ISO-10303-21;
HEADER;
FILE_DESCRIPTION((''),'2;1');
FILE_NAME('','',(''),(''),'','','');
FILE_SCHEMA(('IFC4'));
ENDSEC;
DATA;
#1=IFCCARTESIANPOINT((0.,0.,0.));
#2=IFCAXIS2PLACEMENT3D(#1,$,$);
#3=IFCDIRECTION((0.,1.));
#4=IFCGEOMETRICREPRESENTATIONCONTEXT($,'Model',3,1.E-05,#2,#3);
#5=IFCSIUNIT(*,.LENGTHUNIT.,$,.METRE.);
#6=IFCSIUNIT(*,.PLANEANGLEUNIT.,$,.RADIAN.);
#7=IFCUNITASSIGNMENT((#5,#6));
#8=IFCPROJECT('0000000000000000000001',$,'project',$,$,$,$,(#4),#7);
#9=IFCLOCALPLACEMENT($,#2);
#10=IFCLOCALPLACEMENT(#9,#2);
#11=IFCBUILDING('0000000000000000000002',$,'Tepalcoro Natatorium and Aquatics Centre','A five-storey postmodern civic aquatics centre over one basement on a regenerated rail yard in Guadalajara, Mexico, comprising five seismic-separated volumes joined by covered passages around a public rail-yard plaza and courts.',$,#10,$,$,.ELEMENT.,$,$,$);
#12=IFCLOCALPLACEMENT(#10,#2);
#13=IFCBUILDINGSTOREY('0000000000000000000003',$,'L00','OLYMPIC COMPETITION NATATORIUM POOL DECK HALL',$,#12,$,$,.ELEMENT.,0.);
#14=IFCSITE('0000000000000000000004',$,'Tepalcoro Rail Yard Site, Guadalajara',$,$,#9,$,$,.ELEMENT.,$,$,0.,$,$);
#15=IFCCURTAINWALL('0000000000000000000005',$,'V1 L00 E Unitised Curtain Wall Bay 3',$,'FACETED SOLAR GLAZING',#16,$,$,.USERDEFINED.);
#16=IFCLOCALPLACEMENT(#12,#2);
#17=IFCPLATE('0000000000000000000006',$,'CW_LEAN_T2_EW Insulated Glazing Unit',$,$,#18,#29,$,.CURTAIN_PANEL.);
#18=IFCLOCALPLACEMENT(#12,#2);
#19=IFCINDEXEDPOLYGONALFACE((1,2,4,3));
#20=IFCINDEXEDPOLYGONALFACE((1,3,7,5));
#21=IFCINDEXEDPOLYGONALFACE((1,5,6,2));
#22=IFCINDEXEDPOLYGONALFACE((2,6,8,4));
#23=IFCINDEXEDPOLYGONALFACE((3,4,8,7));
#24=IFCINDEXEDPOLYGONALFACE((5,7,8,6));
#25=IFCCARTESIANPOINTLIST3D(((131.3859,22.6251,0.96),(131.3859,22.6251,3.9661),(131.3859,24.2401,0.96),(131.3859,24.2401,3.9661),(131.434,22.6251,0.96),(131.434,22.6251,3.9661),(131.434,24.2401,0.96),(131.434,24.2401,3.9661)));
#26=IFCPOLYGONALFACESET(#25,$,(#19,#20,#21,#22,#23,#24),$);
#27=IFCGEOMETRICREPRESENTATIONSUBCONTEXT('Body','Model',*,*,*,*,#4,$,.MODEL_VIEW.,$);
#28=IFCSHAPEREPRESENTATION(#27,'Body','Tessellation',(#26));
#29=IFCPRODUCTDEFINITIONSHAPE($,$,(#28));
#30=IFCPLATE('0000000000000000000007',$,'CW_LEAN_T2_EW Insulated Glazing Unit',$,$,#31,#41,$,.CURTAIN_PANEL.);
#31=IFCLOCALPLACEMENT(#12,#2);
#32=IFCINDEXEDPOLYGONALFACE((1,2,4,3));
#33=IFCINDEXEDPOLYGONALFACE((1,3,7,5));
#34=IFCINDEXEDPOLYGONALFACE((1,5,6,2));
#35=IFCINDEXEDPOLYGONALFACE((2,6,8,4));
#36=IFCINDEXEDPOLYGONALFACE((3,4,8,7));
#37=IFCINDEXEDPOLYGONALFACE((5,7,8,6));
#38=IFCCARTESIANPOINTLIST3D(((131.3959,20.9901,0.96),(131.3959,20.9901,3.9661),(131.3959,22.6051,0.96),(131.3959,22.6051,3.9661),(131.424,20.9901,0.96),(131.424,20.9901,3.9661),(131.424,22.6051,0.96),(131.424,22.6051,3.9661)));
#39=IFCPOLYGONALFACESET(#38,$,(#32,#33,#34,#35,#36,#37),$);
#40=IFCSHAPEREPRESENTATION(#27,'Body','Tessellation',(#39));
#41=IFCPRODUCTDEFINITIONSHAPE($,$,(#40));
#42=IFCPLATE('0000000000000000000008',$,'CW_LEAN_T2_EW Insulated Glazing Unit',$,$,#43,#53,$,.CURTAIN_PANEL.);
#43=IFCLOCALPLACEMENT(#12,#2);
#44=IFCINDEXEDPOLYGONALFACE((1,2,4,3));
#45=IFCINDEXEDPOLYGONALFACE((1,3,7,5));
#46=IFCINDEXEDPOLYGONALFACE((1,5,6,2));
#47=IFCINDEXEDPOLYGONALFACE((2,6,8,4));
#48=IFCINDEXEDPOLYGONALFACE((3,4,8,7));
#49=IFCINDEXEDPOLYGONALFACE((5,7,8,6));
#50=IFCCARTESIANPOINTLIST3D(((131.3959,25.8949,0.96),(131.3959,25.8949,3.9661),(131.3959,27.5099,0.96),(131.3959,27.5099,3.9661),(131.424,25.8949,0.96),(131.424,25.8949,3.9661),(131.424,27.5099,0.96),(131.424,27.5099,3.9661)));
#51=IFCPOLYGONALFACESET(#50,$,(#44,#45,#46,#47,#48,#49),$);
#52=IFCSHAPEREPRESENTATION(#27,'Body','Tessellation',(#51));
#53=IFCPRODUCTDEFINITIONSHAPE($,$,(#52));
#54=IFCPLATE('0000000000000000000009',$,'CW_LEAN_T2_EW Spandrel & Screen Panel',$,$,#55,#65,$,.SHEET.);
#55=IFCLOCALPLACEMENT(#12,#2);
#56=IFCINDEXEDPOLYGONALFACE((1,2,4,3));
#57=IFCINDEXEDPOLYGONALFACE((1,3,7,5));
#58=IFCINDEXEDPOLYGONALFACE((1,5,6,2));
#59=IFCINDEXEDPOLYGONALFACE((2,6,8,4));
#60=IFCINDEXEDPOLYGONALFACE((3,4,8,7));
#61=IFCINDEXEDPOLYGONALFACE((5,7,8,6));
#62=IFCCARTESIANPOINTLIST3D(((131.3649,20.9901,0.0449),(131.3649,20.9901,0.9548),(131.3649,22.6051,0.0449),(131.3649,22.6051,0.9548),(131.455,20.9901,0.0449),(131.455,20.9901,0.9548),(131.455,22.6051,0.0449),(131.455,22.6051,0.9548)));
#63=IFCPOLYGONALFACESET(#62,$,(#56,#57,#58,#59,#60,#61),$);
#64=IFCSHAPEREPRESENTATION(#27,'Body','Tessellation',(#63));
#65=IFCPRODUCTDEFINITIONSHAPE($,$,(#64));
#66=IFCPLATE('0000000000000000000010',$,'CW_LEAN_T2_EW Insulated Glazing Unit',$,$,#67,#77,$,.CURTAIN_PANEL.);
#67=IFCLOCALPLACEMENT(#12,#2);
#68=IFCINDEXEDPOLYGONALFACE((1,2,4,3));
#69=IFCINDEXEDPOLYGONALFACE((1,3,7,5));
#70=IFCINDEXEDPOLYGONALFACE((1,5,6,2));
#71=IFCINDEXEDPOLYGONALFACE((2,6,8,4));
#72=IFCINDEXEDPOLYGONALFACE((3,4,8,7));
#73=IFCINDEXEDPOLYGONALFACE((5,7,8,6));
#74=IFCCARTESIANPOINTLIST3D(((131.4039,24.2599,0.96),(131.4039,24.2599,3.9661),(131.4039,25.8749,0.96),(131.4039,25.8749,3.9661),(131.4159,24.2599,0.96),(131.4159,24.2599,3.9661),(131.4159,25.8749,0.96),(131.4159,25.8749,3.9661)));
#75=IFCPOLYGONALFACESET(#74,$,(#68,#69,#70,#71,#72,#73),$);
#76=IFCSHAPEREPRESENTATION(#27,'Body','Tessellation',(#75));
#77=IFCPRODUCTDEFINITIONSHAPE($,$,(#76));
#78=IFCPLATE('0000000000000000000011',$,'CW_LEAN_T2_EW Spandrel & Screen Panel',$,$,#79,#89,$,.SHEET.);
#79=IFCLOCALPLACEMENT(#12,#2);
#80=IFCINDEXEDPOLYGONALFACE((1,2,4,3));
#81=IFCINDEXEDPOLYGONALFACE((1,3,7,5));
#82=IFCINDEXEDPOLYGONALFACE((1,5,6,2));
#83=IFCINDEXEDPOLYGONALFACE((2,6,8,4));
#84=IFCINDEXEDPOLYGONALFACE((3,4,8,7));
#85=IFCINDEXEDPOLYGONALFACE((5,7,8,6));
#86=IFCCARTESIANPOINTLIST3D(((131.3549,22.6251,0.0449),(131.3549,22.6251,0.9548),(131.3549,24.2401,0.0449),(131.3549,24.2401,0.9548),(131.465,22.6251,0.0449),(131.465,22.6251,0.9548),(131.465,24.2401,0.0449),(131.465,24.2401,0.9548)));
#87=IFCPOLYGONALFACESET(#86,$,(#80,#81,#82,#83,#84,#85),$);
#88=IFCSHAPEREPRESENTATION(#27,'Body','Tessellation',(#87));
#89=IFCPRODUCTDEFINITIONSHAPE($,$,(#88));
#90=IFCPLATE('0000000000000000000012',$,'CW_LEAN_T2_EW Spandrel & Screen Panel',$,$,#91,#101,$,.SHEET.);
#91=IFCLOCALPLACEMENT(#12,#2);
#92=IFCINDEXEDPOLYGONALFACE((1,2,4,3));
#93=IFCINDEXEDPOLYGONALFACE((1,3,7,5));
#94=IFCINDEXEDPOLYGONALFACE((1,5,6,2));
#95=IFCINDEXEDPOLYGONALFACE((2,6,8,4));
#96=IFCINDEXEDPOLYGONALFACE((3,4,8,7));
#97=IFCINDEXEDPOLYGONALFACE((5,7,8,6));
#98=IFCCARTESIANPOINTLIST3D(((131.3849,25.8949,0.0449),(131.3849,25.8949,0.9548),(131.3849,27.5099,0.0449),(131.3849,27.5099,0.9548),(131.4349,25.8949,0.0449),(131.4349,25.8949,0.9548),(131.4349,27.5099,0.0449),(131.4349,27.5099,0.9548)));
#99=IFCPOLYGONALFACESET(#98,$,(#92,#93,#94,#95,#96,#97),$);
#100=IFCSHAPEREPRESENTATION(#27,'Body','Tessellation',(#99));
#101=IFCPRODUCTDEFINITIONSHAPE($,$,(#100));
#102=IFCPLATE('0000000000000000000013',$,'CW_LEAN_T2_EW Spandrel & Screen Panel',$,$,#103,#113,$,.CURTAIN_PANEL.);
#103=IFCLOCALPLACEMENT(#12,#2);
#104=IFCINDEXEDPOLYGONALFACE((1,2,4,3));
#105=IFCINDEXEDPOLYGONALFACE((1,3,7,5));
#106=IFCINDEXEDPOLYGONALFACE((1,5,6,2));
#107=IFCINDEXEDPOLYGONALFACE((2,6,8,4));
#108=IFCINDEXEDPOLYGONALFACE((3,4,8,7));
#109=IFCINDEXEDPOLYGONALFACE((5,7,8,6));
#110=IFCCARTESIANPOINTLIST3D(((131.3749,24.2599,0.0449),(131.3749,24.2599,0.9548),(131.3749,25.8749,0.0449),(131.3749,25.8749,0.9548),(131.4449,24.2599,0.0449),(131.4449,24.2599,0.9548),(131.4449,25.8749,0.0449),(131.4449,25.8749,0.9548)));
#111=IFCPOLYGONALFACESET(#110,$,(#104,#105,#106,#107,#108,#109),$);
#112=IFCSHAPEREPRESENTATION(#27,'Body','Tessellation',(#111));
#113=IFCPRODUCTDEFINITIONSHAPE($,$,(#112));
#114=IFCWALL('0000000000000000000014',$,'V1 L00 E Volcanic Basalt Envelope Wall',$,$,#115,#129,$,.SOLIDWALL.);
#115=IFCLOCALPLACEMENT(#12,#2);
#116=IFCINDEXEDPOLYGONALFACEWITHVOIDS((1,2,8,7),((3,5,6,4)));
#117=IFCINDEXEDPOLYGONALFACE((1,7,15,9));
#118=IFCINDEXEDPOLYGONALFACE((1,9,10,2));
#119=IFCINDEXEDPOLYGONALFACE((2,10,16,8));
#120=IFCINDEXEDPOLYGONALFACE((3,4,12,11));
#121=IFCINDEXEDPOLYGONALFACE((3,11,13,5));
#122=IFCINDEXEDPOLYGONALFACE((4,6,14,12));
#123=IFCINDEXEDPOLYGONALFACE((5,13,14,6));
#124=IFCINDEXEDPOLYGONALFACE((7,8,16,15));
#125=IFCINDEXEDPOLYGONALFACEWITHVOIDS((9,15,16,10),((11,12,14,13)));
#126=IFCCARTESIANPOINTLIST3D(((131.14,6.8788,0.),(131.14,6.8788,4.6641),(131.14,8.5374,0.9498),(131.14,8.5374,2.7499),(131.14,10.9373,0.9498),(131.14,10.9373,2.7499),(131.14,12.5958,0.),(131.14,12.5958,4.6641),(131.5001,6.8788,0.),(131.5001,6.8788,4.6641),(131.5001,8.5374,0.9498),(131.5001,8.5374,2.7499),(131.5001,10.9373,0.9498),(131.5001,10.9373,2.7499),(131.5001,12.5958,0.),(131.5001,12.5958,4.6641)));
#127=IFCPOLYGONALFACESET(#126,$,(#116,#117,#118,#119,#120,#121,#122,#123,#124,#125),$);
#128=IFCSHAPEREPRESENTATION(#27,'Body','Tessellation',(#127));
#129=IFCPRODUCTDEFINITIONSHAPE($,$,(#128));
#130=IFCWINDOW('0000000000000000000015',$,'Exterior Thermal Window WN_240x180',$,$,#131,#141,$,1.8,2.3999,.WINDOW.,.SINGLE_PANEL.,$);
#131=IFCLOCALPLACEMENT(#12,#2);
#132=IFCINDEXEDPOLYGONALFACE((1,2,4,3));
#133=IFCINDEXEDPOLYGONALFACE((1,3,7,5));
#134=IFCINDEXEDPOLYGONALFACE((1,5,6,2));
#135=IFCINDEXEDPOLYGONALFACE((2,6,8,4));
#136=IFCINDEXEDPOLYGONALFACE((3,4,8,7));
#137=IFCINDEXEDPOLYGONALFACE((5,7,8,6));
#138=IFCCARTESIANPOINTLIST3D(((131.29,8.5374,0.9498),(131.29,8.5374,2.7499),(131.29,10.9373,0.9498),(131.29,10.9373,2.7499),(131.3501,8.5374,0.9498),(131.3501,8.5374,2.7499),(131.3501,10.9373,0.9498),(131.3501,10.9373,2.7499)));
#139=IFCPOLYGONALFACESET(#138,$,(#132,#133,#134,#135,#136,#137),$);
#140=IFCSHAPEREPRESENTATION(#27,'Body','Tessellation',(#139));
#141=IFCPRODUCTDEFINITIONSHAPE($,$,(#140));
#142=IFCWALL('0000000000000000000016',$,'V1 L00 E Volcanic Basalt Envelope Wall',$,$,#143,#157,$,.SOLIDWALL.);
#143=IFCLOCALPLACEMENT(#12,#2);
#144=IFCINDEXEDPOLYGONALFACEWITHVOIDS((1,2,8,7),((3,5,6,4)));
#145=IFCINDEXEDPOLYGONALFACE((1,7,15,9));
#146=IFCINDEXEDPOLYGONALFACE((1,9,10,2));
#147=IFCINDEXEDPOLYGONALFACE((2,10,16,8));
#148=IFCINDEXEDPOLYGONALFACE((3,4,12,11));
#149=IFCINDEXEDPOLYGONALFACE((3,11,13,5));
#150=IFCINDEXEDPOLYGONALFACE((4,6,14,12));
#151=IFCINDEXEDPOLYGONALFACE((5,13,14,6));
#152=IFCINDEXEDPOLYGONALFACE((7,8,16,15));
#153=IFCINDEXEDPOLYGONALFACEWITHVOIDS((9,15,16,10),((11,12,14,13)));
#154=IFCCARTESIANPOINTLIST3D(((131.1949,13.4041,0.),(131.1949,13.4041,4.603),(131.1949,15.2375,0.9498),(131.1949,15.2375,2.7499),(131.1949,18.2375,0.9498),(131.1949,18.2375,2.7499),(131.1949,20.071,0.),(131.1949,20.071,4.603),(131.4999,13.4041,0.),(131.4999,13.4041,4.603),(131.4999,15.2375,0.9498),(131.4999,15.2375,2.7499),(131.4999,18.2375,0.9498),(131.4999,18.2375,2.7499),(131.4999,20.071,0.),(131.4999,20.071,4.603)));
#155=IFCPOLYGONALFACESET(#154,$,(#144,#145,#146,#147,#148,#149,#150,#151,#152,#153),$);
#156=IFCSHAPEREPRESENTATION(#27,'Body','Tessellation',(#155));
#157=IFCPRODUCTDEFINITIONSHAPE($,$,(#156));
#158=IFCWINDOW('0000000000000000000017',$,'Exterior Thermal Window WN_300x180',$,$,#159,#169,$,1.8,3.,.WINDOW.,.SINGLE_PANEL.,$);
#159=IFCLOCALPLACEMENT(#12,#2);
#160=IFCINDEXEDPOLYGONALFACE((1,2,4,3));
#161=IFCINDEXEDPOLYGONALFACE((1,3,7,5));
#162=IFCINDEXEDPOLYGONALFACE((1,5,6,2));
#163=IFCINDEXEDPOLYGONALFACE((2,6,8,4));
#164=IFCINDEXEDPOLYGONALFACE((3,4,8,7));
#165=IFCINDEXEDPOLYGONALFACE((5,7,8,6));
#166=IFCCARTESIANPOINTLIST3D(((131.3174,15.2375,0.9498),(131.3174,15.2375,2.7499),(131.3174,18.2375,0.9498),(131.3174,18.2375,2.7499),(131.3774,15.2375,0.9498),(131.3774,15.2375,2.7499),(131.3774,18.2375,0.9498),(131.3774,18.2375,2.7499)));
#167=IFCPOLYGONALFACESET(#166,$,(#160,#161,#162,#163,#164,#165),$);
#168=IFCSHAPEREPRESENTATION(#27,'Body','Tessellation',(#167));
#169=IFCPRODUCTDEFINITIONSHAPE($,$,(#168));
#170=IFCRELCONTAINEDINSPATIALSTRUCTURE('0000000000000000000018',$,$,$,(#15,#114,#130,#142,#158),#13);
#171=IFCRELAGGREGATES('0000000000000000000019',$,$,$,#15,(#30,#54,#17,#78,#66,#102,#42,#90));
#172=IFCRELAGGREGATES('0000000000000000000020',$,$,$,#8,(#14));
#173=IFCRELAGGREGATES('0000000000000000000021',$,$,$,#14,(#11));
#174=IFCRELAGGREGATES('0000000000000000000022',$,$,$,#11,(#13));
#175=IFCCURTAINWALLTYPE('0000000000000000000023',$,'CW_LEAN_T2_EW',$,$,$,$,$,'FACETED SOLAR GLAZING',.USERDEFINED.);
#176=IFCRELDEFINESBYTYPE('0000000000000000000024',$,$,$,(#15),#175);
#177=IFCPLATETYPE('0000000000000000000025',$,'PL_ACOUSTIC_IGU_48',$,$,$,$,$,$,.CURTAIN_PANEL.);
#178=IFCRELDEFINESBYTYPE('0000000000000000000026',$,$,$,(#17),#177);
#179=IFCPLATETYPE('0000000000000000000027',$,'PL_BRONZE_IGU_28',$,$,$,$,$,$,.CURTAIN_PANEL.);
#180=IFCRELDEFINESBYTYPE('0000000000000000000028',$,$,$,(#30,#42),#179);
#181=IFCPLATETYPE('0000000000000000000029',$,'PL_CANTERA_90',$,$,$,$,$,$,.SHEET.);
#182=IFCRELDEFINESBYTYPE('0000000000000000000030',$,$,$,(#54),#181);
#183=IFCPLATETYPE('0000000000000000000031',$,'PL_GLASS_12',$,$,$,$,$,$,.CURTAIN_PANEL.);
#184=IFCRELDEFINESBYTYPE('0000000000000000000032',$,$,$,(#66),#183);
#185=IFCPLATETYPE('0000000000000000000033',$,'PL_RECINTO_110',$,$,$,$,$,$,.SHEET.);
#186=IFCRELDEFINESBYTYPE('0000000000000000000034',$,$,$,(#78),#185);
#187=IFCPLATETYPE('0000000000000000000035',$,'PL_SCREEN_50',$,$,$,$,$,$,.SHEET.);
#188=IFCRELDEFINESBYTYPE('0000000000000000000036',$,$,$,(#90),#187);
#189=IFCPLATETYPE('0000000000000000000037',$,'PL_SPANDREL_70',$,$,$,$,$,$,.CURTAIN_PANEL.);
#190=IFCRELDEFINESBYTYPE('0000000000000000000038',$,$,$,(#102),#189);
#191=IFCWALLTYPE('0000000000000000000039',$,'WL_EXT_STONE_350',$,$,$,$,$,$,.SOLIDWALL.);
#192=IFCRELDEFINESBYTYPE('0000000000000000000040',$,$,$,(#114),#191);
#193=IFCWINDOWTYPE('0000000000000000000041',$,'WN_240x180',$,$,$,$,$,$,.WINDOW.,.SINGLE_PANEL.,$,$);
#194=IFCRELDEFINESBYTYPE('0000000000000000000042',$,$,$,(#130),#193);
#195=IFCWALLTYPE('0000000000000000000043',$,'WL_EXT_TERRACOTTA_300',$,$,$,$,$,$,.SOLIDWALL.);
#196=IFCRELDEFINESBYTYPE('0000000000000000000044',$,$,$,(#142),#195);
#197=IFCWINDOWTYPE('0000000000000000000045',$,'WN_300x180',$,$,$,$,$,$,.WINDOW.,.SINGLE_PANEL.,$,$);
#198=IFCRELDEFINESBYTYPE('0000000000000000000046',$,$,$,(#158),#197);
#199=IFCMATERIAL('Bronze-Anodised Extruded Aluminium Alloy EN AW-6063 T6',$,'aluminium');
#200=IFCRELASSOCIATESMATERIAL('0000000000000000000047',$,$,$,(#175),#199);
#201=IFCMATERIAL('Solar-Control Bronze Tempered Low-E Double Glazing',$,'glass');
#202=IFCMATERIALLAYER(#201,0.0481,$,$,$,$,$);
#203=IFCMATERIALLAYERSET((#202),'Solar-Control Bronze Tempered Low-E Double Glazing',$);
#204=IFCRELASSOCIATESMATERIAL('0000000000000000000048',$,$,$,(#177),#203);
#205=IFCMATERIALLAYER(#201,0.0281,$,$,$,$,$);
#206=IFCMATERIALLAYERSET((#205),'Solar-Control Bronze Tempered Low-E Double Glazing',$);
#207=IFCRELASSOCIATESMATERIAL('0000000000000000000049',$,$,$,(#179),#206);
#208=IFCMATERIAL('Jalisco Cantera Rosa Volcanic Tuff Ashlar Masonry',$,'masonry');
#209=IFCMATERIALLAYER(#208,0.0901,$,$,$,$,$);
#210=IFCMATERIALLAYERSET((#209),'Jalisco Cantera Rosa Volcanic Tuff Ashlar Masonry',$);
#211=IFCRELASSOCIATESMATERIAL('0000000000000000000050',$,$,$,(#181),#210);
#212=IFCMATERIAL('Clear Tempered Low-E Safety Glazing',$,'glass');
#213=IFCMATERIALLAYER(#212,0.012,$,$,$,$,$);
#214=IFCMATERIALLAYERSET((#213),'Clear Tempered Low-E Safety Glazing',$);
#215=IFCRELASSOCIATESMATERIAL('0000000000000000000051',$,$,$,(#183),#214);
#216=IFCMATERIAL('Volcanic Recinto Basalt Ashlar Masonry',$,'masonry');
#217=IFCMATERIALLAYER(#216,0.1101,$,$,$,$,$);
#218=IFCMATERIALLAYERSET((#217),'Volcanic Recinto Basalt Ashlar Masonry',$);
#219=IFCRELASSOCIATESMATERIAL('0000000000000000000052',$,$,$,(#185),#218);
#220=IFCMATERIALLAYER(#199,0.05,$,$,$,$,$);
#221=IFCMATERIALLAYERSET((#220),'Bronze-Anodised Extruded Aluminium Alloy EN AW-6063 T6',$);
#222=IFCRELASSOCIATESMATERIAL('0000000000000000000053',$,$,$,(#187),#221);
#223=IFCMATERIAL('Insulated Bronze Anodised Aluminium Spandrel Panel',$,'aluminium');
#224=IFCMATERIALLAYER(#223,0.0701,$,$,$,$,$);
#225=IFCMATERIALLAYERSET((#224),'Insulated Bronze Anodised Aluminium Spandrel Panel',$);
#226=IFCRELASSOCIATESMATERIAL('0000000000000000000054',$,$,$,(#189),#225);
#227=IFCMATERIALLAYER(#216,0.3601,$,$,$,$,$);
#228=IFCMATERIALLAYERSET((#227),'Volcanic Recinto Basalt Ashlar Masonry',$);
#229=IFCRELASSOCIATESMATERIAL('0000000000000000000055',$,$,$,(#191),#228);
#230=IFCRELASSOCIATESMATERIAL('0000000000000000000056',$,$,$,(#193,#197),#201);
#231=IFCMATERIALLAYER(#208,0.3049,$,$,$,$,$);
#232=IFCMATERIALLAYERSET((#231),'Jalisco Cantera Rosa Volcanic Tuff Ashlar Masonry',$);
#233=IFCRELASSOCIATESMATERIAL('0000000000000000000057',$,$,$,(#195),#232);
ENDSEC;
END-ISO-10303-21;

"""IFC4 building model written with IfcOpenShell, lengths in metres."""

from ifc_helpers import new_model, si_unit, direction, frame, frame_2d, origin, origin_2d, place, context, subcontext, project, spatial, rectangle, extrude, material, layer, layer_set, type_object, element, fill, aggregate, save


model = new_model("IFC4")

# Units and contexts
model_context = context("Model", 3, precision=1e-05, world=origin(), true_north=direction((0.0, 1.0)))
body_context = subcontext(model_context, "Body", "Model", "MODEL_VIEW")
ifc_project = project(units=[si_unit("LENGTHUNIT", "METRE"), si_unit("PLANEANGLEUNIT", "RADIAN")], contexts=[model_context])

# Site, building, storey
site_placement = place(None, origin())
site = spatial("IfcSite", under=ifc_project, at=site_placement, Name="Tepalcoro Rail Yard Site, Guadalajara", CompositionType="ELEMENT", RefElevation=0.0)
building_placement = place(site_placement, origin())
building = spatial("IfcBuilding", under=site, at=building_placement, Name="Tepalcoro Natatorium and Aquatics Centre", Description="A five-storey postmodern civic aquatics centre over one basement on a regenerated rail yard in Guadalajara, Mexico, comprising five seismic-separated volumes joined by covered passages around a public rail-yard plaza and courts.", CompositionType="ELEMENT")
storey_placement = place(building_placement, origin())
storey = spatial("IfcBuildingStorey", under=building, at=storey_placement, Name="L00", Description="OLYMPIC COMPETITION NATATORIUM POOL DECK HALL", CompositionType="ELEMENT", Elevation=0.0)

# Curtain wall
ifc_material_1 = material(Name="Bronze-Anodised Extruded Aluminium Alloy EN AW-6063 T6", Category="aluminium")
curtain_wall_type = type_object("IfcCurtainWallType", Name="CW_LEAN_T2_EW", ElementType="FACETED SOLAR GLAZING", PredefinedType="USERDEFINED", material=ifc_material_1)
curtain_wall_placement = place(storey_placement, origin())
curtain_wall = element("IfcCurtainWall", 1, at=curtain_wall_placement, inside=storey, type_object=curtain_wall_type, Name="V1 L00 E Unitised Curtain Wall Bay 3", ObjectType="FACETED SOLAR GLAZING", PredefinedType="USERDEFINED")

# Plates
ifc_material_2 = material(Name="Solar-Control Bronze Tempered Low-E Double Glazing", Category="glass")
ifc_layer_1 = layer(ifc_material_2, 0.0481)
ifc_layer_set_1 = layer_set([ifc_layer_1], Name="Solar-Control Bronze Tempered Low-E Double Glazing")
plate_type_1 = type_object("IfcPlateType", Name="PL_ACOUSTIC_IGU_48", PredefinedType="CURTAIN_PANEL", material=ifc_layer_set_1)
plate_1_placement = place(storey_placement, frame((131.4099, 23.4326, 0.96), z_axis=(0.0, 0.0, 1.0), x_axis=(1.0, 0.0, 0.0)))
plate_1 = element("IfcPlate", 2, at=plate_1_placement, type_object=plate_type_1, Name="CW_LEAN_T2_EW Insulated Glazing Unit", PredefinedType="CURTAIN_PANEL", context=body_context, shape_type="SweptSolid", body=[
    extrude(rectangle(XDim=0.0481, YDim=1.615, at=origin_2d()), origin(), (0.0, 0.0, 1.0), 3.0061),
])
ifc_layer_2 = layer(ifc_material_2, 0.0281)
ifc_layer_set_2 = layer_set([ifc_layer_2], Name="Solar-Control Bronze Tempered Low-E Double Glazing")
plate_type_2 = type_object("IfcPlateType", Name="PL_BRONZE_IGU_28", PredefinedType="CURTAIN_PANEL", material=ifc_layer_set_2)
plate_2_placement = place(storey_placement, frame((131.4099, 21.7976, 0.96), z_axis=(0.0, 0.0, 1.0), x_axis=(1.0, 0.0, 0.0)))
plate_2 = element("IfcPlate", 3, at=plate_2_placement, type_object=plate_type_2, Name="CW_LEAN_T2_EW Insulated Glazing Unit", PredefinedType="CURTAIN_PANEL", context=body_context, shape_type="SweptSolid", body=[
    extrude(rectangle(XDim=0.0281, YDim=1.615, at=origin_2d()), origin(), (0.0, 0.0, 1.0), 3.0061),
])
plate_3_placement = place(storey_placement, frame((131.4099, 26.7024, 0.96), z_axis=(0.0, 0.0, 1.0), x_axis=(1.0, 0.0, 0.0)))
plate_3 = element("IfcPlate", 4, at=plate_3_placement, type_object=plate_type_2, Name="CW_LEAN_T2_EW Insulated Glazing Unit", PredefinedType="CURTAIN_PANEL", context=body_context, shape_type="SweptSolid", body=[
    extrude(rectangle(XDim=0.0281, YDim=1.615, at=origin_2d()), origin(), (0.0, 0.0, 1.0), 3.0061),
])
ifc_material_3 = material(Name="Jalisco Cantera Rosa Volcanic Tuff Ashlar Masonry", Category="masonry")
ifc_layer_3 = layer(ifc_material_3, 0.0901)
ifc_layer_set_3 = layer_set([ifc_layer_3], Name="Jalisco Cantera Rosa Volcanic Tuff Ashlar Masonry")
plate_type_3 = type_object("IfcPlateType", Name="PL_CANTERA_90", PredefinedType="SHEET", material=ifc_layer_set_3)
plate_4_placement = place(storey_placement, frame((131.4099, 21.7976, 0.0449), z_axis=(0.0, 0.0, 1.0), x_axis=(1.0, 0.0, 0.0)))
plate_4 = element("IfcPlate", 5, at=plate_4_placement, type_object=plate_type_3, Name="CW_LEAN_T2_EW Spandrel & Screen Panel", PredefinedType="SHEET", context=body_context, shape_type="SweptSolid", body=[
    extrude(rectangle(XDim=0.0901, YDim=1.615, at=origin_2d()), origin(), (0.0, 0.0, 1.0), 0.9099),
])
ifc_material_4 = material(Name="Clear Tempered Low-E Safety Glazing", Category="glass")
ifc_layer_4 = layer(ifc_material_4, 0.012)
ifc_layer_set_4 = layer_set([ifc_layer_4], Name="Clear Tempered Low-E Safety Glazing")
plate_type_4 = type_object("IfcPlateType", Name="PL_GLASS_12", PredefinedType="CURTAIN_PANEL", material=ifc_layer_set_4)
plate_5_placement = place(storey_placement, frame((131.4099, 25.0674, 0.96), z_axis=(0.0, 0.0, 1.0), x_axis=(1.0, 0.0, 0.0)))
plate_5 = element("IfcPlate", 6, at=plate_5_placement, type_object=plate_type_4, Name="CW_LEAN_T2_EW Insulated Glazing Unit", PredefinedType="CURTAIN_PANEL", context=body_context, shape_type="SweptSolid", body=[
    extrude(rectangle(XDim=0.012, YDim=1.615, at=origin_2d()), origin(), (0.0, 0.0, 1.0), 3.0061),
])
ifc_material_5 = material(Name="Volcanic Recinto Basalt Ashlar Masonry", Category="masonry")
ifc_layer_5 = layer(ifc_material_5, 0.1101)
ifc_layer_set_5 = layer_set([ifc_layer_5], Name="Volcanic Recinto Basalt Ashlar Masonry")
plate_type_5 = type_object("IfcPlateType", Name="PL_RECINTO_110", PredefinedType="SHEET", material=ifc_layer_set_5)
plate_6_placement = place(storey_placement, frame((131.4099, 23.4326, 0.0449), z_axis=(0.0, 0.0, 1.0), x_axis=(1.0, 0.0, 0.0)))
plate_6 = element("IfcPlate", 7, at=plate_6_placement, type_object=plate_type_5, Name="CW_LEAN_T2_EW Spandrel & Screen Panel", PredefinedType="SHEET", context=body_context, shape_type="SweptSolid", body=[
    extrude(rectangle(XDim=0.1101, YDim=1.615, at=origin_2d()), origin(), (0.0, 0.0, 1.0), 0.9099),
])
ifc_layer_6 = layer(ifc_material_1, 0.05)
ifc_layer_set_6 = layer_set([ifc_layer_6], Name="Bronze-Anodised Extruded Aluminium Alloy EN AW-6063 T6")
plate_type_6 = type_object("IfcPlateType", Name="PL_SCREEN_50", PredefinedType="SHEET", material=ifc_layer_set_6)
plate_7_placement = place(storey_placement, frame((131.4099, 26.7024, 0.0449), z_axis=(0.0, 0.0, 1.0), x_axis=(1.0, 0.0, 0.0)))
plate_7 = element("IfcPlate", 8, at=plate_7_placement, type_object=plate_type_6, Name="CW_LEAN_T2_EW Spandrel & Screen Panel", PredefinedType="SHEET", context=body_context, shape_type="SweptSolid", body=[
    extrude(rectangle(XDim=0.05, YDim=1.615, at=origin_2d()), origin(), (0.0, 0.0, 1.0), 0.9099),
])
ifc_material_6 = material(Name="Insulated Bronze Anodised Aluminium Spandrel Panel", Category="aluminium")
ifc_layer_7 = layer(ifc_material_6, 0.0701)
ifc_layer_set_7 = layer_set([ifc_layer_7], Name="Insulated Bronze Anodised Aluminium Spandrel Panel")
plate_type_7 = type_object("IfcPlateType", Name="PL_SPANDREL_70", PredefinedType="CURTAIN_PANEL", material=ifc_layer_set_7)
plate_8_placement = place(storey_placement, frame((131.4099, 25.0674, 0.0449), z_axis=(0.0, 0.0, 1.0), x_axis=(1.0, 0.0, 0.0)))
plate_8 = element("IfcPlate", 9, at=plate_8_placement, type_object=plate_type_7, Name="CW_LEAN_T2_EW Spandrel & Screen Panel", PredefinedType="CURTAIN_PANEL", context=body_context, shape_type="SweptSolid", body=[
    extrude(rectangle(XDim=0.0701, YDim=1.615, at=origin_2d()), origin(), (0.0, 0.0, 1.0), 0.9099),
])
aggregate(curtain_wall, [plate_2, plate_4, plate_1, plate_6, plate_5, plate_8, plate_3, plate_7])

# Walls, openings, windows
ifc_layer_8 = layer(ifc_material_5, 0.3601)
ifc_layer_set_8 = layer_set([ifc_layer_8], Name="Volcanic Recinto Basalt Ashlar Masonry")
wall_type_1 = type_object("IfcWallType", Name="WL_EXT_STONE_350", PredefinedType="SOLIDWALL", material=ifc_layer_set_8)
wall_1_placement = place(storey_placement, frame((131.3201, 6.8789, 0.0), z_axis=(0.0, 0.0, 1.0), x_axis=(0.0, 1.0, 0.0)))
wall_1 = element("IfcWall", 10, at=wall_1_placement, inside=storey, type_object=wall_type_1, Name="V1 L00 E Volcanic Basalt Envelope Wall", PredefinedType="SOLIDWALL", context=body_context, shape_type="SweptSolid", body=[
    extrude(rectangle(XDim=5.717, YDim=0.3601, at=frame_2d((2.8584, 0.0))), origin(), (0.0, 0.0, 1.0), 4.6641),
])
opening_1_placement = place(wall_1_placement, frame((1.6584, 0.0, 0.95)))
opening_1 = element("IfcOpeningElement", 11, at=opening_1_placement, cuts=wall_1, PredefinedType="OPENING", context=body_context, shape_type="SweptSolid", body=[
    extrude(rectangle(XDim=2.3999, YDim=1.8, at=frame_2d((1.2, 0.8999))), frame((0.0, 0.1919, 0.0), z_axis=(0.0, -1.0, 0.0), x_axis=(1.0, 0.0, 0.0)), (0.0, 0.0, 1.0), 0.384),
])
window_type_1 = type_object("IfcWindowType", Name="WN_240x180", PartitioningType="SINGLE_PANEL", PredefinedType="WINDOW", material=ifc_material_2)
window_1_placement = place(opening_1_placement, origin())
window_1 = element("IfcWindow", 12, at=window_1_placement, inside=storey, type_object=window_type_1, Name="Exterior Thermal Window WN_240x180", OverallHeight=1.8, OverallWidth=2.3999, PartitioningType="SINGLE_PANEL", PredefinedType="WINDOW", context=body_context, shape_type="SweptSolid", body=[
    extrude(rectangle(XDim=2.3999, YDim=1.8, at=frame_2d((1.2, 0.8999))), frame((0.0, 0.03, 0.0), z_axis=(0.0, -1.0, 0.0), x_axis=(1.0, 0.0, 0.0)), (0.0, 0.0, 1.0), 0.0601),
])
fill(opening_1, window_1)
ifc_layer_9 = layer(ifc_material_3, 0.3049)
ifc_layer_set_9 = layer_set([ifc_layer_9], Name="Jalisco Cantera Rosa Volcanic Tuff Ashlar Masonry")
wall_type_2 = type_object("IfcWallType", Name="WL_EXT_TERRACOTTA_300", PredefinedType="SOLIDWALL", material=ifc_layer_set_9)
wall_2_placement = place(storey_placement, frame((131.3474, 13.4041, 0.0), z_axis=(0.0, 0.0, 1.0), x_axis=(0.0, 1.0, 0.0)))
wall_2 = element("IfcWall", 13, at=wall_2_placement, inside=storey, type_object=wall_type_2, Name="V1 L00 E Volcanic Basalt Envelope Wall", PredefinedType="SOLIDWALL", context=body_context, shape_type="SweptSolid", body=[
    extrude(rectangle(XDim=6.667, YDim=0.3049, at=frame_2d((3.3335, 0.0))), origin(), (0.0, 0.0, 1.0), 4.603),
])
opening_2_placement = place(wall_2_placement, frame((1.8335, 0.0, 0.95)))
opening_2 = element("IfcOpeningElement", 14, at=opening_2_placement, cuts=wall_2, PredefinedType="OPENING", context=body_context, shape_type="SweptSolid", body=[
    extrude(rectangle(XDim=3.0, YDim=1.8, at=frame_2d((1.5, 0.8999))), frame((0.0, 0.1646, 0.0), z_axis=(0.0, -1.0, 0.0), x_axis=(1.0, 0.0, 0.0)), (0.0, 0.0, 1.0), 0.3289),
])
window_type_2 = type_object("IfcWindowType", Name="WN_300x180", PartitioningType="SINGLE_PANEL", PredefinedType="WINDOW", material=ifc_material_2)
window_2_placement = place(opening_2_placement, origin())
window_2 = element("IfcWindow", 15, at=window_2_placement, inside=storey, type_object=window_type_2, Name="Exterior Thermal Window WN_300x180", OverallHeight=1.8, OverallWidth=3.0, PartitioningType="SINGLE_PANEL", PredefinedType="WINDOW", context=body_context, shape_type="SweptSolid", body=[
    extrude(rectangle(XDim=3.0, YDim=1.8, at=frame_2d((1.5, 0.8999))), frame((0.0, 0.03, 0.0), z_axis=(0.0, -1.0, 0.0), x_axis=(1.0, 0.0, 0.0)), (0.0, 0.0, 1.0), 0.0601),
])
fill(opening_2, window_2)

save(model, "model.ifc")
